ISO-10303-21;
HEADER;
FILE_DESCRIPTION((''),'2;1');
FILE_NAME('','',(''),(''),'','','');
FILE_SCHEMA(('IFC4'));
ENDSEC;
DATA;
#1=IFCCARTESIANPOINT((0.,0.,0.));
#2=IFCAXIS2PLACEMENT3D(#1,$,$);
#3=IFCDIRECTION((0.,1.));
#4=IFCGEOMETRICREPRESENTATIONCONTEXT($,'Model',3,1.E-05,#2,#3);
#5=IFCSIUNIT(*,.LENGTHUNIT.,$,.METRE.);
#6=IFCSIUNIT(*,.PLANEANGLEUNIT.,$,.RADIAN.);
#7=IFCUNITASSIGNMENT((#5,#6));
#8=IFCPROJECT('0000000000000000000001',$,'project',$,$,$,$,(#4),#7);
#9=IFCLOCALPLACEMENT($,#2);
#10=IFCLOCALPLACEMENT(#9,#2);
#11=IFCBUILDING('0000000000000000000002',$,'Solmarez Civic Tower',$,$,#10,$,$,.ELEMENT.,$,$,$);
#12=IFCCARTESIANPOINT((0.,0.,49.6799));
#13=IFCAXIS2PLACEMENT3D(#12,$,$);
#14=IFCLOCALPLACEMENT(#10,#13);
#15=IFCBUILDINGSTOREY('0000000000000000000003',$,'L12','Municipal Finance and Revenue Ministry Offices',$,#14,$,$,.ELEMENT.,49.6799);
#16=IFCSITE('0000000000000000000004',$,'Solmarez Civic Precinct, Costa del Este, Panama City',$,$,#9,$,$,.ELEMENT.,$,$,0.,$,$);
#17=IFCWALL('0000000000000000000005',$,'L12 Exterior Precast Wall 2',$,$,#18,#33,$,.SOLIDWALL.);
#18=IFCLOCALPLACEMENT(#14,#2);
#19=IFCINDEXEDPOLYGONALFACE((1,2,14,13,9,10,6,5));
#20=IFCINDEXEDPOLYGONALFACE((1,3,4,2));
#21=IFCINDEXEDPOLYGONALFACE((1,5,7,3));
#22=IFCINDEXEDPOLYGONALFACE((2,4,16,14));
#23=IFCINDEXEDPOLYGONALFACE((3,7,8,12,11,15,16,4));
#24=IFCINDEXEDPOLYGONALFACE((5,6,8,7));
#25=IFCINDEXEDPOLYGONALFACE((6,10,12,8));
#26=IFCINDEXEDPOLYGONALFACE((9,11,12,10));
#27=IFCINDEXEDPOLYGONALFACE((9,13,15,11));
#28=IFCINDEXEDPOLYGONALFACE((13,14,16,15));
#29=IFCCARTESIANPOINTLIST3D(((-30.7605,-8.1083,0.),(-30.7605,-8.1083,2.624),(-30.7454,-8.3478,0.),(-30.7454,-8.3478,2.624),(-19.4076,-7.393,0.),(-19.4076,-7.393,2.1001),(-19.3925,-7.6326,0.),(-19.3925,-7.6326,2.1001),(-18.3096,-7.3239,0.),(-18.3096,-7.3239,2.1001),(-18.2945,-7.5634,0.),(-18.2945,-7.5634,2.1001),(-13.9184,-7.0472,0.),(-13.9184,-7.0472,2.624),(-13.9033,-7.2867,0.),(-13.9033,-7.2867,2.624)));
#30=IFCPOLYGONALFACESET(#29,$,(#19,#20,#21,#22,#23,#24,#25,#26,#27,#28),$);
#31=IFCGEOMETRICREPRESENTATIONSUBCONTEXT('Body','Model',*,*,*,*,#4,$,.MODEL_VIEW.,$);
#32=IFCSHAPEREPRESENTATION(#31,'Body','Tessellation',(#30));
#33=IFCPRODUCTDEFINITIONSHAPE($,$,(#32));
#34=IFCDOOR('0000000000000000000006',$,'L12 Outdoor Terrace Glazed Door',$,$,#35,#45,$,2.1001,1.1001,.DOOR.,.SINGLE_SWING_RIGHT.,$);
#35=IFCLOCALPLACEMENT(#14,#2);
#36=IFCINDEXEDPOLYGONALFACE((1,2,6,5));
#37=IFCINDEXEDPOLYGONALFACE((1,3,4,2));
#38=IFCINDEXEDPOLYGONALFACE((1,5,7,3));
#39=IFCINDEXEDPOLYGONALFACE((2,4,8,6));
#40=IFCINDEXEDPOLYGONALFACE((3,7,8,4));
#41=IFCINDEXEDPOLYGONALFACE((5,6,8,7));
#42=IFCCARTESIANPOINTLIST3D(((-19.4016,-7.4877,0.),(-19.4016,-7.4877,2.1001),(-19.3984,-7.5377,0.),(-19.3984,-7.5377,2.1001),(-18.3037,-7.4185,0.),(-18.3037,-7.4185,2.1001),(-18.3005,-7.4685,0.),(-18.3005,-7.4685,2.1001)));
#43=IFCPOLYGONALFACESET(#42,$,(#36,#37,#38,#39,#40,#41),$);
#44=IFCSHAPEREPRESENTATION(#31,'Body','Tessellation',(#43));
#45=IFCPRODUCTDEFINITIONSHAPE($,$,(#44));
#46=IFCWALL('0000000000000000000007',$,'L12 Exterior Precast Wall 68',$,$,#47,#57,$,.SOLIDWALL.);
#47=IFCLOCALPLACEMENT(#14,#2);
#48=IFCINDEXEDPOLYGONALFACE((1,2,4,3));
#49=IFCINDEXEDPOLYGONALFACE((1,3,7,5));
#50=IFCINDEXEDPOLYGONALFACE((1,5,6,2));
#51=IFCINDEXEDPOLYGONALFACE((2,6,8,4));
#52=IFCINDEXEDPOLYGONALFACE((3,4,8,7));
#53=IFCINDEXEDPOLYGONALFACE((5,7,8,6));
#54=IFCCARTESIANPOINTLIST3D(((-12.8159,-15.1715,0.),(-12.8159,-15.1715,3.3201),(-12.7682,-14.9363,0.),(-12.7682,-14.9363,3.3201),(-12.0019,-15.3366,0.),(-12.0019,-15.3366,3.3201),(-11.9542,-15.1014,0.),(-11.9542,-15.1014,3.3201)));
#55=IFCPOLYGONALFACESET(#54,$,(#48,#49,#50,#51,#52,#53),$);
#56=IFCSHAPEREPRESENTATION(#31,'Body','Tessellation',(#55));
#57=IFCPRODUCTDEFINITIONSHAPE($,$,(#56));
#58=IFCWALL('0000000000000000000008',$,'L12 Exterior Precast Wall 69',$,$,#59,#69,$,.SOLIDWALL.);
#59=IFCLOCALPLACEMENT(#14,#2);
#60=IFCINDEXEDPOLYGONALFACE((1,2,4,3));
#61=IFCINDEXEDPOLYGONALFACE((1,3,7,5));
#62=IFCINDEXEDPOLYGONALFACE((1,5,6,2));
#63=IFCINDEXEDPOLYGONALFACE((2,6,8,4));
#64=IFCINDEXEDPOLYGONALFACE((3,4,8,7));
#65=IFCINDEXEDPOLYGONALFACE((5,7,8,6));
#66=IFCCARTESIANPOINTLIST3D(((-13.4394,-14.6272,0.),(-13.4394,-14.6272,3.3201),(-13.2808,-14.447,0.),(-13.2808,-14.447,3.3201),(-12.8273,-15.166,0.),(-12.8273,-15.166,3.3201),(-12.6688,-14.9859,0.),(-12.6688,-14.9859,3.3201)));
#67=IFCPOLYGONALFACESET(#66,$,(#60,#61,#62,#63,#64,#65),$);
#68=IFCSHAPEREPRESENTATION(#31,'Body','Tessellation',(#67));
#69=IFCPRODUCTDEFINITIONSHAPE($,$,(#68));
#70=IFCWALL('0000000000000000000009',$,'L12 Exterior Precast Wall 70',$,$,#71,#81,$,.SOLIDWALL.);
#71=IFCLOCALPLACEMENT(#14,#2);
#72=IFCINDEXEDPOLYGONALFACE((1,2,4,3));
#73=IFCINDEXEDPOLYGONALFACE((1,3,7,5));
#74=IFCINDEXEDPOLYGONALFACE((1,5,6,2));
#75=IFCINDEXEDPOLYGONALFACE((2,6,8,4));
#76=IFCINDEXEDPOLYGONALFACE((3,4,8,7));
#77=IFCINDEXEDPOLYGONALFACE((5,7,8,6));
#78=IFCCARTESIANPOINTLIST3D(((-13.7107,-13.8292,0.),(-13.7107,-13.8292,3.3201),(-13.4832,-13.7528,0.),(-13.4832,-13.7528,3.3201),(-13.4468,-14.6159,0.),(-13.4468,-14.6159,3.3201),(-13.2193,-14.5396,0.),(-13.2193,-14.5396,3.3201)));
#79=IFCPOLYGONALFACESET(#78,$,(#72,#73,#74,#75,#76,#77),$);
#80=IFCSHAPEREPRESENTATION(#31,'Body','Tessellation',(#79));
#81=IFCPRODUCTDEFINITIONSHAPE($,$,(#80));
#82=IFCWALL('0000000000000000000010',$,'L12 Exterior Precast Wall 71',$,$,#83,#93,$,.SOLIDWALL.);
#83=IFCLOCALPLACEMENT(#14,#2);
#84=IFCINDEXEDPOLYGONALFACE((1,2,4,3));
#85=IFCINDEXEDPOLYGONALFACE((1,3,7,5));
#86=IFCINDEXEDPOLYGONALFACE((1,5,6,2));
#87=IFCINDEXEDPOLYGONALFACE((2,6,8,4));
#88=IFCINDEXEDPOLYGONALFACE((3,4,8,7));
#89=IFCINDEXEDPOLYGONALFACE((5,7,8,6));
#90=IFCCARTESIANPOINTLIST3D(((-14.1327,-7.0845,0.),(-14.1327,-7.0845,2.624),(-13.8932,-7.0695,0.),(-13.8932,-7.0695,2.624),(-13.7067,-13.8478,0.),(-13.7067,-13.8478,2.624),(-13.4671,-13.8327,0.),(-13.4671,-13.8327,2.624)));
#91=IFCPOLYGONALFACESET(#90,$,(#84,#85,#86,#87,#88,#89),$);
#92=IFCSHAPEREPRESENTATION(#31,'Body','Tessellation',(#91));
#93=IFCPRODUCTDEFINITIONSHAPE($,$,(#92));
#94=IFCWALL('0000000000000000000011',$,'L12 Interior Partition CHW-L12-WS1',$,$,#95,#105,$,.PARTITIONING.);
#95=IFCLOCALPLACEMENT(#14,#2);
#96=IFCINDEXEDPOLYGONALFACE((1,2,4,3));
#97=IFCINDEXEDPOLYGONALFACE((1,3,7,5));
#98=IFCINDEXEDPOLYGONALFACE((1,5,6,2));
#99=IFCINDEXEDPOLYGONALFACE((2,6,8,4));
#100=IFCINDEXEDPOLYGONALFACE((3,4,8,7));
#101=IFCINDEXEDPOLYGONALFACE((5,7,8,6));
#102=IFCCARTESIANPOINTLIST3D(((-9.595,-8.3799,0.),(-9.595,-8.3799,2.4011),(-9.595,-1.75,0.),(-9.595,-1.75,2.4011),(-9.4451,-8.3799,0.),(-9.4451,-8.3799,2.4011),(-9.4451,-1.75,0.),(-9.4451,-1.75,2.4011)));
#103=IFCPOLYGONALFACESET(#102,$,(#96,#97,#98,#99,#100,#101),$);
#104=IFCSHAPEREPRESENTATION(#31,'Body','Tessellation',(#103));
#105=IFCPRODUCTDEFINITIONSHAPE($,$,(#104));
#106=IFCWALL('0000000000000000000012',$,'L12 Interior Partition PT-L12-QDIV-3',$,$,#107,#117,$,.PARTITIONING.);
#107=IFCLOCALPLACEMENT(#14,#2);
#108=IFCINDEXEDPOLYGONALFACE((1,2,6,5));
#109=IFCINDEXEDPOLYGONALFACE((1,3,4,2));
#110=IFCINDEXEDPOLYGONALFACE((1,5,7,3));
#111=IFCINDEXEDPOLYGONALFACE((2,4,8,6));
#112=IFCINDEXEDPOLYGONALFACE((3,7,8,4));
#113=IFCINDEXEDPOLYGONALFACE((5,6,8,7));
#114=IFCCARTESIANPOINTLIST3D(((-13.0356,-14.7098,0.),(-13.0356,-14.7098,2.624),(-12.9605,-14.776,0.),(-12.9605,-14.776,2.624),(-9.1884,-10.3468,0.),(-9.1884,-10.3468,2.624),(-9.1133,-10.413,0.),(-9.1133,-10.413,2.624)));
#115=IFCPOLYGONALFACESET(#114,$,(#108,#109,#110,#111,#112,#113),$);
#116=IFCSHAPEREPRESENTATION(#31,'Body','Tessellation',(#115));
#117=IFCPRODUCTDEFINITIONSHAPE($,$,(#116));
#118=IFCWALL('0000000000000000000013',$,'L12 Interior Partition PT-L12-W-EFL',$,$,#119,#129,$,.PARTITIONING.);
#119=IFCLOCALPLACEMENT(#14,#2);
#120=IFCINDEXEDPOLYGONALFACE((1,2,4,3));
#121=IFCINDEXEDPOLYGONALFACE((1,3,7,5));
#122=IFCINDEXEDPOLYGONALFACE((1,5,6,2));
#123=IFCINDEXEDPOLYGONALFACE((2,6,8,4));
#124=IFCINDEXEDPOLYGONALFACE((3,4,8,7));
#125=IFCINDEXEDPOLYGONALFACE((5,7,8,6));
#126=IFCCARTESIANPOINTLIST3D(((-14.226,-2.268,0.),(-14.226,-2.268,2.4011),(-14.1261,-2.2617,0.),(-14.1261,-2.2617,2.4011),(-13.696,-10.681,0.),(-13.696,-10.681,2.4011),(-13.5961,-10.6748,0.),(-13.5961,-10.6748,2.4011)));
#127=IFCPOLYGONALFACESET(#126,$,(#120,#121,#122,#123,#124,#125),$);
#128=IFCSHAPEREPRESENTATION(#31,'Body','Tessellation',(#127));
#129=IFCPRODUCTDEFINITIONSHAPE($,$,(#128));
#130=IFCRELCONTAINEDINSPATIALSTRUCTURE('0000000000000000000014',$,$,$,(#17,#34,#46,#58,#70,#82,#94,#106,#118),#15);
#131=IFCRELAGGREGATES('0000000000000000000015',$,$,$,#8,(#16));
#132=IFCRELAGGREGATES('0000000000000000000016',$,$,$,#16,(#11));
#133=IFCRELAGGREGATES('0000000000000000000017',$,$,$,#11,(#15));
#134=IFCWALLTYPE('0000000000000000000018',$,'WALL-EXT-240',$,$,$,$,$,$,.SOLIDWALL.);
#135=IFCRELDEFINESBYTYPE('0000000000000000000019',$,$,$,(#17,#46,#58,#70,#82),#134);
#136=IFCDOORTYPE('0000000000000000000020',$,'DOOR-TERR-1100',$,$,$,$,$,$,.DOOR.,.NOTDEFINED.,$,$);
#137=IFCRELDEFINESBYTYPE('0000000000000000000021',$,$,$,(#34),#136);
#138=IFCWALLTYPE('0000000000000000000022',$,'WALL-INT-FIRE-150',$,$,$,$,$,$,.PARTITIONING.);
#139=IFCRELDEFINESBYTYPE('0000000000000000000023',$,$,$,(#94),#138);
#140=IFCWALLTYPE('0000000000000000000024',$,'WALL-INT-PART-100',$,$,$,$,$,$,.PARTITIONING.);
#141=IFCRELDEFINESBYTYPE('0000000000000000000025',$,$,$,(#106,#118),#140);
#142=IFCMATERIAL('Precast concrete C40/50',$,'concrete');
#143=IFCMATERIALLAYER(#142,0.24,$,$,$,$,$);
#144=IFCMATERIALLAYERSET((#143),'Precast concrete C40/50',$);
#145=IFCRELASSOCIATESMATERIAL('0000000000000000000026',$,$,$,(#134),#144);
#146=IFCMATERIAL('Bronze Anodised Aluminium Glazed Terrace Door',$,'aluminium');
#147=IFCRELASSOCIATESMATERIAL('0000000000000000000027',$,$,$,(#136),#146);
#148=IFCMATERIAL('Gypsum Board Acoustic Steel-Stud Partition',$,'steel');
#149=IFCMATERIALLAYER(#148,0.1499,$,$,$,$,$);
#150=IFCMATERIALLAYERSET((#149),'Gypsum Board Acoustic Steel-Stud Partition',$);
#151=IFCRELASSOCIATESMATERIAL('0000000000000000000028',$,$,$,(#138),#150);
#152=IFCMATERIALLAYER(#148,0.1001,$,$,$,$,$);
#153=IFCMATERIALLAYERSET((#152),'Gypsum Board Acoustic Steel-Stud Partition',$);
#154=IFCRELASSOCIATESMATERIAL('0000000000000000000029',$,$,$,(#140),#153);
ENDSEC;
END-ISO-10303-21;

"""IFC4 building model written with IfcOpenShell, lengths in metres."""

from ifc_helpers import new_model, si_unit, direction, frame, frame_2d, origin, place, context, subcontext, project, spatial, rectangle, extrude, material, layer, layer_set, type_object, element, fill, save


model = new_model("IFC4")

# Units and contexts
model_context = context("Model", 3, precision=1e-05, world=origin(), true_north=direction((0.0, 1.0)))
body_context = subcontext(model_context, "Body", "Model", "MODEL_VIEW")
ifc_project = project(units=[si_unit("LENGTHUNIT", "METRE"), si_unit("PLANEANGLEUNIT", "RADIAN")], contexts=[model_context])

# Site, building, storey
site_placement = place(None, origin())
site = spatial("IfcSite", under=ifc_project, at=site_placement, Name="Solmarez Civic Precinct, Costa del Este, Panama City", CompositionType="ELEMENT", RefElevation=0.0)
building_placement = place(site_placement, origin())
building = spatial("IfcBuilding", under=site, at=building_placement, Name="Solmarez Civic Tower", CompositionType="ELEMENT")
storey_placement = place(building_placement, frame((0.0, 0.0, 49.6799)))
storey = spatial("IfcBuildingStorey", under=building, at=storey_placement, Name="L12", Description="Municipal Finance and Revenue Ministry Offices", CompositionType="ELEMENT", Elevation=49.6799)

# Wall, opening, door
ifc_material_1 = material(Name="Precast concrete C40/50", Category="concrete")
ifc_layer_1 = layer(ifc_material_1, 0.24)
ifc_layer_set_1 = layer_set([ifc_layer_1], Name="Precast concrete C40/50")
wall_type_1 = type_object("IfcWallType", Name="WALL-EXT-240", PredefinedType="SOLIDWALL", material=ifc_layer_set_1)
wall_1_placement = place(storey_placement, frame((-13.9109, -7.167, 0.0), z_axis=(0.0, 0.0, 1.0), x_axis=(-0.998021, -0.062875, 0.0)))
wall_1 = element("IfcWall", 1, at=wall_1_placement, inside=storey, type_object=wall_type_1, Name="L12 Exterior Precast Wall 2", PredefinedType="SOLIDWALL", context=body_context, shape_type="SweptSolid", body=[
    extrude(rectangle(XDim=16.8755, YDim=0.24, at=frame_2d((8.4377, 0.0))), origin(), (0.0, 0.0, 1.0), 2.624),
])
opening_placement = place(wall_1_placement, frame((4.3999, 0.0, 0.0)))
opening = element("IfcOpeningElement", 2, at=opening_placement, cuts=wall_1, PredefinedType="OPENING", context=body_context, shape_type="SweptSolid", body=[
    extrude(rectangle(XDim=1.1001, YDim=2.1001, at=frame_2d((0.55, 1.05))), frame((0.0, 0.1299, 0.0), z_axis=(0.0, -1.0, 0.0), x_axis=(1.0, 0.0, 0.0)), (0.0, 0.0, 1.0), 0.26),
])
ifc_material_2 = material(Name="Bronze Anodised Aluminium Glazed Terrace Door", Category="aluminium")
door_type = type_object("IfcDoorType", Name="DOOR-TERR-1100", OperationType="NOTDEFINED", PredefinedType="DOOR", material=ifc_material_2)
door_placement = place(opening_placement, origin())
door = element("IfcDoor", 3, at=door_placement, inside=storey, type_object=door_type, Name="L12 Outdoor Terrace Glazed Door", OperationType="SINGLE_SWING_RIGHT", OverallHeight=2.1001, OverallWidth=1.1001, PredefinedType="DOOR", context=body_context, shape_type="SweptSolid", body=[
    extrude(rectangle(XDim=1.1001, YDim=2.1001, at=frame_2d((0.55, 1.05))), frame((0.0, 0.0249, 0.0), z_axis=(0.0, -1.0, 0.0), x_axis=(1.0, 0.0, 0.0)), (0.0, 0.0, 1.0), 0.05),
])
fill(opening, door)

# Walls
wall_2_placement = place(storey_placement, frame((-11.978, -15.219, 0.0), z_axis=(0.0, 0.0, 1.0), x_axis=(-0.980057, 0.198716, 0.0)))
element("IfcWall", 4, at=wall_2_placement, inside=storey, type_object=wall_type_1, Name="L12 Exterior Precast Wall 68", PredefinedType="SOLIDWALL", context=body_context, shape_type="SweptSolid", body=[
    extrude(rectangle(XDim=0.8306, YDim=0.24, at=frame_2d((0.4153, 0.0))), origin(), (0.0, 0.0, 1.0), 3.3201),
])
wall_3_placement = place(storey_placement, frame((-12.748, -15.0759, 0.0), z_axis=(0.0, 0.0, 1.0), x_axis=(-0.750589, 0.66077, 0.0)))
element("IfcWall", 5, at=wall_3_placement, inside=storey, type_object=wall_type_1, Name="L12 Exterior Precast Wall 69", PredefinedType="SOLIDWALL", context=body_context, shape_type="SweptSolid", body=[
    extrude(rectangle(XDim=0.8154, YDim=0.24, at=frame_2d((0.4077, 0.0))), origin(), (0.0, 0.0, 1.0), 3.3201),
])
wall_4_placement = place(storey_placement, frame((-13.333, -14.5779, 0.0), z_axis=(0.0, 0.0, 1.0), x_axis=(-0.317992, 0.948093, 0.0)))
element("IfcWall", 6, at=wall_4_placement, inside=storey, type_object=wall_type_1, Name="L12 Exterior Precast Wall 70", PredefinedType="SOLIDWALL", context=body_context, shape_type="SweptSolid", body=[
    extrude(rectangle(XDim=0.8298, YDim=0.24, at=frame_2d((0.415, 0.0))), origin(), (0.0, 0.0, 1.0), 3.3201),
])
wall_5_placement = place(storey_placement, frame((-13.5869, -13.8401, 0.0), z_axis=(0.0, 0.0, 1.0), x_axis=(-0.062867, 0.998022, 0.0)))
element("IfcWall", 7, at=wall_5_placement, inside=storey, type_object=wall_type_1, Name="L12 Exterior Precast Wall 71", PredefinedType="SOLIDWALL", context=body_context, shape_type="SweptSolid", body=[
    extrude(rectangle(XDim=6.7766, YDim=0.24, at=frame_2d((3.3882, 0.0))), origin(), (0.0, 0.0, 1.0), 2.624),
])
ifc_material_3 = material(Name="Gypsum Board Acoustic Steel-Stud Partition", Category="steel")
ifc_layer_2 = layer(ifc_material_3, 0.1499)
ifc_layer_set_2 = layer_set([ifc_layer_2], Name="Gypsum Board Acoustic Steel-Stud Partition")
wall_type_2 = type_object("IfcWallType", Name="WALL-INT-FIRE-150", PredefinedType="PARTITIONING", material=ifc_layer_set_2)
wall_6_placement = place(storey_placement, frame((-9.52, -8.3799, 0.0), z_axis=(0.0, 0.0, 1.0), x_axis=(0.0, 1.0, 0.0)))
element("IfcWall", 8, at=wall_6_placement, inside=storey, type_object=wall_type_2, Name="L12 Interior Partition CHW-L12-WS1", PredefinedType="PARTITIONING", context=body_context, shape_type="SweptSolid", body=[
    extrude(rectangle(XDim=6.6299, YDim=0.1499, at=frame_2d((3.3149, 0.0))), origin(), (0.0, 0.0, 1.0), 2.4011),
])
ifc_layer_3 = layer(ifc_material_3, 0.1001)
ifc_layer_set_3 = layer_set([ifc_layer_3], Name="Gypsum Board Acoustic Steel-Stud Partition")
wall_type_3 = type_object("IfcWallType", Name="WALL-INT-PART-100", PredefinedType="PARTITIONING", material=ifc_layer_set_3)
wall_7_placement = place(storey_placement, frame((-9.1509, -10.3799, 0.0), z_axis=(0.0, 0.0, 1.0), x_axis=(-0.661373, -0.750057, 0.0)))
element("IfcWall", 9, at=wall_7_placement, inside=storey, type_object=wall_type_3, Name="L12 Interior Partition PT-L12-QDIV-3", PredefinedType="PARTITIONING", context=body_context, shape_type="SweptSolid", body=[
    extrude(rectangle(XDim=5.8169, YDim=0.1001, at=frame_2d((2.9084, 0.0))), origin(), (0.0, 0.0, 1.0), 2.624),
])
wall_8_placement = place(storey_placement, frame((-14.176, -2.2649, 0.0), z_axis=(0.0, 0.0, 1.0), x_axis=(0.062876, -0.998021, 0.0)))
element("IfcWall", 10, at=wall_8_placement, inside=storey, type_object=wall_type_3, Name="L12 Interior Partition PT-L12-W-EFL", PredefinedType="PARTITIONING", context=body_context, shape_type="SweptSolid", body=[
    extrude(rectangle(XDim=8.4297, YDim=0.1001, at=frame_2d((4.2148, 0.0))), origin(), (0.0, 0.0, 1.0), 2.4011),
])

save(model, "model.ifc")
